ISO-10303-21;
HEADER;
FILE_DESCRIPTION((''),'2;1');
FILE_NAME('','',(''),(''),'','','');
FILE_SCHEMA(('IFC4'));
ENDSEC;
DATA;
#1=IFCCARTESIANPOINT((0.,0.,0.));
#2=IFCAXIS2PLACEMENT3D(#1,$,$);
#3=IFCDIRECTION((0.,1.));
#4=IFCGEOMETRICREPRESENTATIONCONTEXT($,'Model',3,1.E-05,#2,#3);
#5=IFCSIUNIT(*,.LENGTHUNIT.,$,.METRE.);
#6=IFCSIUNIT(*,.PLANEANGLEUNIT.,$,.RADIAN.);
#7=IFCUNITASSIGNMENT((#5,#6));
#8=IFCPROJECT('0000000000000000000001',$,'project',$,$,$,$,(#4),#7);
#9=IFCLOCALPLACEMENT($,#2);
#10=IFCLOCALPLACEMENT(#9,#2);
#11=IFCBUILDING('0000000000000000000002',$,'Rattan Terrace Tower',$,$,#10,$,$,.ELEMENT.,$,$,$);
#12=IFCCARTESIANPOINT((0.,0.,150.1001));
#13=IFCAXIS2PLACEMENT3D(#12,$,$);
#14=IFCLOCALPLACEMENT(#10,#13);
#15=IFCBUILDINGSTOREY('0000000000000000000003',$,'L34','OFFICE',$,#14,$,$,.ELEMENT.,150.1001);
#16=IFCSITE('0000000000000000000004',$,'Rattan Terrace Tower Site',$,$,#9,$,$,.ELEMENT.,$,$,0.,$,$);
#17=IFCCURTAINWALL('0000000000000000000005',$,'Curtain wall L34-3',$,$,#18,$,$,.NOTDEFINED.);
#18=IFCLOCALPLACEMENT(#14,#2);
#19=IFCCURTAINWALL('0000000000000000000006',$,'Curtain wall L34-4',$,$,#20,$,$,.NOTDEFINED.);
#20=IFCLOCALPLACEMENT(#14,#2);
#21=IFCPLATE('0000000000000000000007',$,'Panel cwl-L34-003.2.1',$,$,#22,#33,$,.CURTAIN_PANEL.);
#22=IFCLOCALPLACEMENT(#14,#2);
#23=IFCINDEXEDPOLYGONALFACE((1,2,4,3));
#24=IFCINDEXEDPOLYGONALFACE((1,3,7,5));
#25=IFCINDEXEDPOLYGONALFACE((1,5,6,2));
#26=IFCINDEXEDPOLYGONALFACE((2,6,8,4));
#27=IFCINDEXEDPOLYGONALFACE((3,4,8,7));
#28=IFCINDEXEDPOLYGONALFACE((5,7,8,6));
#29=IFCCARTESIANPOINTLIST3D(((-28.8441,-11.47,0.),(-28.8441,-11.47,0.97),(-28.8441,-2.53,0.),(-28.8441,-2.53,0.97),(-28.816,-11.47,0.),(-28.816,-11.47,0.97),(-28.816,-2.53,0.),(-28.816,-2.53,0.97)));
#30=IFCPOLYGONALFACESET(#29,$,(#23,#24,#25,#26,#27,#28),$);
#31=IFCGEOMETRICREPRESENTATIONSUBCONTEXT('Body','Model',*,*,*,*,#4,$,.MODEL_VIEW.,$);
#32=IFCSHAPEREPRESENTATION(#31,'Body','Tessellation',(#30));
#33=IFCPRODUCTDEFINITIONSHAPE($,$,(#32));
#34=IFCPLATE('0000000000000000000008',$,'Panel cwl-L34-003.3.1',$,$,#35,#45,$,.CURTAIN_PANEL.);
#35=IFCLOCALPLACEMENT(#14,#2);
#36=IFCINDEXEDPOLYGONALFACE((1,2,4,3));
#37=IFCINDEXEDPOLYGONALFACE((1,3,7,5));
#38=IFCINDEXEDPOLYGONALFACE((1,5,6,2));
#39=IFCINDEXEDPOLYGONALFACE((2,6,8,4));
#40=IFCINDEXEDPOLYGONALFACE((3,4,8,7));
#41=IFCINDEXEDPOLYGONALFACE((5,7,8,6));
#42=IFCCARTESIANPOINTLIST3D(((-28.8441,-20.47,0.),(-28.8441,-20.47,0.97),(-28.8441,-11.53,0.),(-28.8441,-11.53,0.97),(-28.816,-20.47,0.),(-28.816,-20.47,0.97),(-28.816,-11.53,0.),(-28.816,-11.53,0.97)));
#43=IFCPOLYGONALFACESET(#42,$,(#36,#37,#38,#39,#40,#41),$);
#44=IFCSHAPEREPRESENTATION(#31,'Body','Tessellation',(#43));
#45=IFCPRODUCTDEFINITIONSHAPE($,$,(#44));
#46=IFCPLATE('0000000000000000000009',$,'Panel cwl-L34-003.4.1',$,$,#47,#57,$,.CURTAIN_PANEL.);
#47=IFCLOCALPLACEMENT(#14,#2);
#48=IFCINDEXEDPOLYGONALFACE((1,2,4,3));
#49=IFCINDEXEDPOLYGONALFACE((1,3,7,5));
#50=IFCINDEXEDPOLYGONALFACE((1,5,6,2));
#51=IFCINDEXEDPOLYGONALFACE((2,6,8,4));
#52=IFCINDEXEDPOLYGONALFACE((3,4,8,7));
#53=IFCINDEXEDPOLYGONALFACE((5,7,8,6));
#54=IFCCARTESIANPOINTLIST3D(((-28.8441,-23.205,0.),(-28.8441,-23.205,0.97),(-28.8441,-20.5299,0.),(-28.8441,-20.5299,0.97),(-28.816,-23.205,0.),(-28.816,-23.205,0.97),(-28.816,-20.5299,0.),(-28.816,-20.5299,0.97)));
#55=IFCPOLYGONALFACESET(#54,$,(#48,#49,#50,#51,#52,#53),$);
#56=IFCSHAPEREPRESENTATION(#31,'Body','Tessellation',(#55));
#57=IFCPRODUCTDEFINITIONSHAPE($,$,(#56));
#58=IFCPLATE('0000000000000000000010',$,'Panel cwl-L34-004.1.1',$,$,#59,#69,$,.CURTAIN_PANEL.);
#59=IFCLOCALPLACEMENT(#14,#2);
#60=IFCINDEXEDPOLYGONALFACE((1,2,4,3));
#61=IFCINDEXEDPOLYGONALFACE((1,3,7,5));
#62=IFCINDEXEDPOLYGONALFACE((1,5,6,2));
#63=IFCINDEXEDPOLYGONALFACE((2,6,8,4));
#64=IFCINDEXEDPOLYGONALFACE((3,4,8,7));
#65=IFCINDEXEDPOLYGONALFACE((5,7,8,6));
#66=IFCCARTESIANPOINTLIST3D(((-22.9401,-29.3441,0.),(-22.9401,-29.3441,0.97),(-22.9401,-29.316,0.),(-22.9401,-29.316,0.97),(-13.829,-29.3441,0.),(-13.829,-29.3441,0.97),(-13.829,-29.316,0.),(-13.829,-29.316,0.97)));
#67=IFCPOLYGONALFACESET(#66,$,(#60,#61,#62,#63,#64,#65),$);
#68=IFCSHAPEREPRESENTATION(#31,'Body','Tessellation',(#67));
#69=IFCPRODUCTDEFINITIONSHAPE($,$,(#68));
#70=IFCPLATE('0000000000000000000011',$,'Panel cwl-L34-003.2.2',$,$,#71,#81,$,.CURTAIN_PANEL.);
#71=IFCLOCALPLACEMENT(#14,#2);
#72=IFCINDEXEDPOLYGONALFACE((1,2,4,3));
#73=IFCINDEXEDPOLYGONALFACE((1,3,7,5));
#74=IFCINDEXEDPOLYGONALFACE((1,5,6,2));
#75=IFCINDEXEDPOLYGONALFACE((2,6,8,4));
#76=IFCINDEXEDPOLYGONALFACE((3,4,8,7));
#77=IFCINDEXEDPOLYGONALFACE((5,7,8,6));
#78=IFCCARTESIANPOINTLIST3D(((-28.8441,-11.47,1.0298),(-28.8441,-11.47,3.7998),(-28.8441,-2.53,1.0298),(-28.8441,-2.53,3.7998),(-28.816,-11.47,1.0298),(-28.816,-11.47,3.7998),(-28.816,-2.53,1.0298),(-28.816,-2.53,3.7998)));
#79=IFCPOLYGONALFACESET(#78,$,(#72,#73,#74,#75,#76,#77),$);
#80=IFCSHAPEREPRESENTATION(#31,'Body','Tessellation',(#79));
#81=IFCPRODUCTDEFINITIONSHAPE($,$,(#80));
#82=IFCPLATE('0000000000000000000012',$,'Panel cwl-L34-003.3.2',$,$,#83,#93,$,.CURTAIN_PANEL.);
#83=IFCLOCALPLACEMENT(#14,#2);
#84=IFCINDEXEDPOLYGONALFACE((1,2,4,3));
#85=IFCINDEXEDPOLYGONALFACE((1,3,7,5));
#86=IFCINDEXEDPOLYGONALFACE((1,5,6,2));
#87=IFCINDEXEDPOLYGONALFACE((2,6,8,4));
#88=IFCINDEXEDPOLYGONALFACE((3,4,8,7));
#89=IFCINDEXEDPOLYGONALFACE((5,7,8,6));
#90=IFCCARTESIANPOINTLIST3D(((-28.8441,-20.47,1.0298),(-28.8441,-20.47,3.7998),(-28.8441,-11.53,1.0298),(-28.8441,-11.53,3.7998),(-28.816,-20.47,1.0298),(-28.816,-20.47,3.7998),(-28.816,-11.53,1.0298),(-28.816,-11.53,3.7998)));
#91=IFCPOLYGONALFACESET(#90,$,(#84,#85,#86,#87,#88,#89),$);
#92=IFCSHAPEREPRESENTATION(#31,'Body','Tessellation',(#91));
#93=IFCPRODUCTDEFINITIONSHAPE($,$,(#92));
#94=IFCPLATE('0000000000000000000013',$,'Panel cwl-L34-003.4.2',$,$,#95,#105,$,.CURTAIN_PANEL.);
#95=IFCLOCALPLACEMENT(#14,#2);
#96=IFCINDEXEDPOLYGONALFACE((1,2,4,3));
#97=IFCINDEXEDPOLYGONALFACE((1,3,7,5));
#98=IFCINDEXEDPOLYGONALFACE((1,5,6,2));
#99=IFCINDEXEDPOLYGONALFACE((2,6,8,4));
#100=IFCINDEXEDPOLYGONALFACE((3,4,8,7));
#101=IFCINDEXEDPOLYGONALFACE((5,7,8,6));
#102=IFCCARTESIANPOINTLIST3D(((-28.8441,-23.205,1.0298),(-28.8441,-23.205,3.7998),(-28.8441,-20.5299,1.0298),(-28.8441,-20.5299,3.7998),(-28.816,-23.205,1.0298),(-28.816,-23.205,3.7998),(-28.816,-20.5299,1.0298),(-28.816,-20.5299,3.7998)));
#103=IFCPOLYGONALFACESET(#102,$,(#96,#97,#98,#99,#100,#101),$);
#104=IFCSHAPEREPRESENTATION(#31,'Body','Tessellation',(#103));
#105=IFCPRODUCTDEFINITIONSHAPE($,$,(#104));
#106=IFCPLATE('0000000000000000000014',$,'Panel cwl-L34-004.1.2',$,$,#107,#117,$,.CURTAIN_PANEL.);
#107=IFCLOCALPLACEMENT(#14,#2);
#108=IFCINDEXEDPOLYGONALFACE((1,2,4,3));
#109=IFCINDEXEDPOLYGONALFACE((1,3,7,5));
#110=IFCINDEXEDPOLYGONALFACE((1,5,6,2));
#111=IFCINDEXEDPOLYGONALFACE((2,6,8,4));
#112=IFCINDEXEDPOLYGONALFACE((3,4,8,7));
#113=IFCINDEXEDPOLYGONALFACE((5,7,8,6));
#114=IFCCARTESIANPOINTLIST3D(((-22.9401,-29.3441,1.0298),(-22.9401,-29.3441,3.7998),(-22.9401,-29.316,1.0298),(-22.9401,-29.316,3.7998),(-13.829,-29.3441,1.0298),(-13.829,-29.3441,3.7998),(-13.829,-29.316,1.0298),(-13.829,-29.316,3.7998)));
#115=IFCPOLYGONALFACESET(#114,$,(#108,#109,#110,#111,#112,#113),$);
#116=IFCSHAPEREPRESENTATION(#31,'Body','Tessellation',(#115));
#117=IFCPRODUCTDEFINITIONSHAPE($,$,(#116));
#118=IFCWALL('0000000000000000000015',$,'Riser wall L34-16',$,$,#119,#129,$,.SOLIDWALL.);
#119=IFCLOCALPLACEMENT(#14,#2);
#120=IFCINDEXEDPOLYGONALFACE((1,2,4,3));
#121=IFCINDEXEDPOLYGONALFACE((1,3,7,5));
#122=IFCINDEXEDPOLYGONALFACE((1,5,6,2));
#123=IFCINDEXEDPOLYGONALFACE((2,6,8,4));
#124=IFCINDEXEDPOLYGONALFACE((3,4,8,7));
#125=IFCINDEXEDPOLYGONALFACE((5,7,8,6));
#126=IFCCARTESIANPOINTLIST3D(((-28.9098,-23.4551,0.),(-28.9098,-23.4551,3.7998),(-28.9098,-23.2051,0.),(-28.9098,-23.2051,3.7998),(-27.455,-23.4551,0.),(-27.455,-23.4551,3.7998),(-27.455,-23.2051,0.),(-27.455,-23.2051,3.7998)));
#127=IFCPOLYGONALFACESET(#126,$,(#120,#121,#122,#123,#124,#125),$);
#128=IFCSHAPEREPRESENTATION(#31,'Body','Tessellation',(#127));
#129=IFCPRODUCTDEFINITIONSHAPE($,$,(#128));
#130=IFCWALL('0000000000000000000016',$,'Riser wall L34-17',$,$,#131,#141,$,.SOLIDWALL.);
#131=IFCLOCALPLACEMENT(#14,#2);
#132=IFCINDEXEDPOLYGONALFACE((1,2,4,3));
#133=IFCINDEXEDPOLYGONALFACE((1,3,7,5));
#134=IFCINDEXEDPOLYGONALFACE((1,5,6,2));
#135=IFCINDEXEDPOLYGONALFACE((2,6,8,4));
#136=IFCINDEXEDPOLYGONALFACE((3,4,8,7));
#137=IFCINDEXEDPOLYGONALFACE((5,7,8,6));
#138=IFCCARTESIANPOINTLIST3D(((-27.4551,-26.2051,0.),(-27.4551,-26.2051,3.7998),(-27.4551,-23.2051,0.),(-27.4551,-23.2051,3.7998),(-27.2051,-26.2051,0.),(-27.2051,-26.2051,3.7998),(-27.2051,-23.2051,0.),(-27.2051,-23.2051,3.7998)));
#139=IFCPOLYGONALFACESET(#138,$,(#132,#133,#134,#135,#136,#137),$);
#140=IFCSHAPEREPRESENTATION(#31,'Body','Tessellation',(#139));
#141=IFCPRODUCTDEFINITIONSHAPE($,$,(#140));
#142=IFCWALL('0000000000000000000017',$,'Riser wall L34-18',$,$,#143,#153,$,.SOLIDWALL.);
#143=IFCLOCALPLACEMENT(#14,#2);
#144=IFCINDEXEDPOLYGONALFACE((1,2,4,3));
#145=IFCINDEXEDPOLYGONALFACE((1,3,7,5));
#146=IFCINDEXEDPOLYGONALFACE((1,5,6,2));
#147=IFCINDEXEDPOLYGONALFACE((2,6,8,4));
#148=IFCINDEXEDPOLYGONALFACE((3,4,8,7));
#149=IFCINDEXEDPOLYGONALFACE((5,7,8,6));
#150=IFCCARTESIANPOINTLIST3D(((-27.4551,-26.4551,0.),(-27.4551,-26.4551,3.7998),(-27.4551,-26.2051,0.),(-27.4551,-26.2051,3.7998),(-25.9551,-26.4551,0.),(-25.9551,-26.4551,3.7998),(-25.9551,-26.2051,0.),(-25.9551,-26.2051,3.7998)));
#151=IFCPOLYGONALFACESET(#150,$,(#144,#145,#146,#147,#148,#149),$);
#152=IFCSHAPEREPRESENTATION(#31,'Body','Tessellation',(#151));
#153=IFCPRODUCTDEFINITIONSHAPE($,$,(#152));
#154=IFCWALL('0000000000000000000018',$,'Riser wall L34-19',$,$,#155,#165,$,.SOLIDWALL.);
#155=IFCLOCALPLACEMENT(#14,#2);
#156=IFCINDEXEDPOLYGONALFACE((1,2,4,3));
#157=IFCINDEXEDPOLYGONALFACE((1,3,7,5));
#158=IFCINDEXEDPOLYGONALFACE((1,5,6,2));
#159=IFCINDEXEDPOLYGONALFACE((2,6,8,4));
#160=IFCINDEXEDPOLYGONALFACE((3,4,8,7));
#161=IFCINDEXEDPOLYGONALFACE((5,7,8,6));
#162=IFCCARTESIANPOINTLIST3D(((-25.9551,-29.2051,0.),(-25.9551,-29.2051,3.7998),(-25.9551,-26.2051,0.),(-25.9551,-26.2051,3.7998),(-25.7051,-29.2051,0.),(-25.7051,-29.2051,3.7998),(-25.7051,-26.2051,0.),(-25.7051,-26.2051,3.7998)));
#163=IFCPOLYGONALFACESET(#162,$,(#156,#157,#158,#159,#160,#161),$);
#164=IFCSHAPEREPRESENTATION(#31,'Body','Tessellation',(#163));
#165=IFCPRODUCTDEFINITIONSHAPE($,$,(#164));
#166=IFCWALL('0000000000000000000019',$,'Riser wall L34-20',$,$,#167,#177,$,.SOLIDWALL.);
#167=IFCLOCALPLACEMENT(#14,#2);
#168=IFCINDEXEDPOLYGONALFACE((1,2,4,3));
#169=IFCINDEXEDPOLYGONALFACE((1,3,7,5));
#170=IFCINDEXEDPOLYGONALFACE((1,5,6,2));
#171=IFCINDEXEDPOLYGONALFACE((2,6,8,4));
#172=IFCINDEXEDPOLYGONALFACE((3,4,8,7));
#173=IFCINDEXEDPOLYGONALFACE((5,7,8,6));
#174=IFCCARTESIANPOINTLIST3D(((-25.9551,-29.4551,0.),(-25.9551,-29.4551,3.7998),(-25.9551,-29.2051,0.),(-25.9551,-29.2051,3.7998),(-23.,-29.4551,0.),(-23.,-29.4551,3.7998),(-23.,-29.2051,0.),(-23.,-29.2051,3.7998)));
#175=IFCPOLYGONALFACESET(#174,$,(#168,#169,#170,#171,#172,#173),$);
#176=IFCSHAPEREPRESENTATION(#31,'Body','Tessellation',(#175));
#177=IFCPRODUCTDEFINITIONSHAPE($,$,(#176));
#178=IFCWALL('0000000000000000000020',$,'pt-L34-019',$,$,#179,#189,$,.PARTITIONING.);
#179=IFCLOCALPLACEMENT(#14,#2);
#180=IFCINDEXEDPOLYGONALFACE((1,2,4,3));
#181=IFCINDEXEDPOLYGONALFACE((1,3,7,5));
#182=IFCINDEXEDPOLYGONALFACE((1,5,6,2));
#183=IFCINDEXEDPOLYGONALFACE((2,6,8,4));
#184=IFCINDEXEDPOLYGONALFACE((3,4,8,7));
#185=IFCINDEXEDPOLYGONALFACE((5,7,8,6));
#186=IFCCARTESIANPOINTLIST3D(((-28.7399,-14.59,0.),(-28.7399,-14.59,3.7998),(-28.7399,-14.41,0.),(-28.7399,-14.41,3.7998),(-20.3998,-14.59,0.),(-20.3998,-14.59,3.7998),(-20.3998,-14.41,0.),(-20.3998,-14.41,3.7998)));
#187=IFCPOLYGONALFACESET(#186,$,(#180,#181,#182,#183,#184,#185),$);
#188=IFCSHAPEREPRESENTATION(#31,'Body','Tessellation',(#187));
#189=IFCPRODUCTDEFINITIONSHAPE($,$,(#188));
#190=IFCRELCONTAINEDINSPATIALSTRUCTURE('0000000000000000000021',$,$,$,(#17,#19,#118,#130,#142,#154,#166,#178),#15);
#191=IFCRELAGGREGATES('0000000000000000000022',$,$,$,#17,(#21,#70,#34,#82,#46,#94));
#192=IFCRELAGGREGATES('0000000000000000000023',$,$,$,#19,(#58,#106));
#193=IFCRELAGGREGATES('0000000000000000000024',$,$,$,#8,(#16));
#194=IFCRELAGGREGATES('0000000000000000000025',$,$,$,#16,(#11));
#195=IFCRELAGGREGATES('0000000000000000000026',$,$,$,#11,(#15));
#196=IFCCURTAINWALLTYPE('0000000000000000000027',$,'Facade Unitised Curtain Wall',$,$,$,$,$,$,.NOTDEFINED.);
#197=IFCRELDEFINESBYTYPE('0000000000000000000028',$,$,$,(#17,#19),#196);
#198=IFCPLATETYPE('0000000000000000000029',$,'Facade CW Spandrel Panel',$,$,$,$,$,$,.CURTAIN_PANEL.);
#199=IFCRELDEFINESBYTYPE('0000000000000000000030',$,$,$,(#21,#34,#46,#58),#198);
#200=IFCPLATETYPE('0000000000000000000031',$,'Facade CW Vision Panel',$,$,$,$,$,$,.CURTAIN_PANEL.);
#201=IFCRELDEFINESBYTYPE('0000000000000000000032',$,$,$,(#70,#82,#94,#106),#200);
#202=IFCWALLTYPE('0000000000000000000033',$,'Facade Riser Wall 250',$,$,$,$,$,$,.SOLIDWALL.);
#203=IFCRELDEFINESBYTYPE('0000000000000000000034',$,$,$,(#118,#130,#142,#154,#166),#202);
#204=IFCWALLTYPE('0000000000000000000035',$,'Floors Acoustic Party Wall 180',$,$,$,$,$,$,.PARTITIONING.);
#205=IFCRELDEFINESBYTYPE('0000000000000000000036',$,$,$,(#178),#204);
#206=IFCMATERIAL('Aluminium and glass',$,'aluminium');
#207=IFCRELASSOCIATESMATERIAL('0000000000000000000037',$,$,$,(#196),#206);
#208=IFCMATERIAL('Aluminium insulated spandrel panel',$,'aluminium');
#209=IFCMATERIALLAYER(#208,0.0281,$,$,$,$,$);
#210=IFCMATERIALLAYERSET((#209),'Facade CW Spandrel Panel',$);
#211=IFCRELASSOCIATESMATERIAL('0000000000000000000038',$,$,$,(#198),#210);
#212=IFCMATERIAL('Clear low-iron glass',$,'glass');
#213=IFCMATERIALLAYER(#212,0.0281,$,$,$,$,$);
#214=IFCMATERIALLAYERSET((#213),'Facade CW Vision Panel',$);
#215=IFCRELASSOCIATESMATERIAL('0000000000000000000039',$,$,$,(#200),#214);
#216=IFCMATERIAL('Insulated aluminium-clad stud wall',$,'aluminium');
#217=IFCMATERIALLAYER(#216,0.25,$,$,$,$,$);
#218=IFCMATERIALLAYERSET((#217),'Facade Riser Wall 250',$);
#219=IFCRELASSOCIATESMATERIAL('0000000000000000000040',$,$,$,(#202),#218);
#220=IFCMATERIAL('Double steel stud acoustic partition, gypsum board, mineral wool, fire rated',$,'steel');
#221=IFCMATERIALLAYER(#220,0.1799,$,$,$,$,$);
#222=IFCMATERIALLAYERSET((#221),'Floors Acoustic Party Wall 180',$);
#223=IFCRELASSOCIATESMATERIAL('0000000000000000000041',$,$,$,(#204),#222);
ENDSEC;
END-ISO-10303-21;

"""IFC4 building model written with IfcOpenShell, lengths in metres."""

from ifc_helpers import new_model, si_unit, direction, frame, frame_2d, origin, origin_2d, place, context, subcontext, project, spatial, rectangle, extrude, material, layer, layer_set, type_object, element, aggregate, save


model = new_model("IFC4")

# Units and contexts
model_context = context("Model", 3, precision=1e-05, world=origin(), true_north=direction((0.0, 1.0)))
body_context = subcontext(model_context, "Body", "Model", "MODEL_VIEW")
ifc_project = project(units=[si_unit("LENGTHUNIT", "METRE"), si_unit("PLANEANGLEUNIT", "RADIAN")], contexts=[model_context])

# Site, building, storey
site_placement = place(None, origin())
site = spatial("IfcSite", under=ifc_project, at=site_placement, Name="Rattan Terrace Tower Site", CompositionType="ELEMENT", RefElevation=0.0)
building_placement = place(site_placement, origin())
building = spatial("IfcBuilding", under=site, at=building_placement, Name="Rattan Terrace Tower", CompositionType="ELEMENT")
storey_placement = place(building_placement, frame((0.0, 0.0, 150.1001)))
storey = spatial("IfcBuildingStorey", under=building, at=storey_placement, Name="L34", Description="OFFICE", CompositionType="ELEMENT", Elevation=150.1001)

# Curtain wall
ifc_material_1 = material(Name="Aluminium and glass", Category="aluminium")
curtain_wall_type = type_object("IfcCurtainWallType", Name="Facade Unitised Curtain Wall", PredefinedType="NOTDEFINED", material=ifc_material_1)
curtain_wall_1_placement = place(storey_placement, origin())
curtain_wall_1 = element("IfcCurtainWall", 1, at=curtain_wall_1_placement, inside=storey, type_object=curtain_wall_type, Name="Curtain wall L34-3", PredefinedType="NOTDEFINED")

# Curtain wall
curtain_wall_2_placement = place(storey_placement, origin())
curtain_wall_2 = element("IfcCurtainWall", 2, at=curtain_wall_2_placement, inside=storey, type_object=curtain_wall_type, Name="Curtain wall L34-4", PredefinedType="NOTDEFINED")

# Plates
ifc_material_2 = material(Name="Aluminium insulated spandrel panel", Category="aluminium")
ifc_layer_1 = layer(ifc_material_2, 0.0281)
ifc_layer_set_1 = layer_set([ifc_layer_1], Name="Facade CW Spandrel Panel")
plate_type_1 = type_object("IfcPlateType", Name="Facade CW Spandrel Panel", PredefinedType="CURTAIN_PANEL", material=ifc_layer_set_1)
plate_1_placement = place(storey_placement, frame((-28.8301, -7.0, 0.0), z_axis=(0.0, 0.0, 1.0), x_axis=(0.0, -1.0, 0.0)))
plate_1 = element("IfcPlate", 3, at=plate_1_placement, type_object=plate_type_1, Name="Panel cwl-L34-003.2.1", PredefinedType="CURTAIN_PANEL", context=body_context, shape_type="SweptSolid", body=[
    extrude(rectangle(XDim=8.9399, YDim=0.0281, at=origin_2d()), origin(), (0.0, 0.0, 1.0), 0.97),
])
plate_2_placement = place(storey_placement, frame((-28.8301, -16.0, 0.0), z_axis=(0.0, 0.0, 1.0), x_axis=(0.0, -1.0, 0.0)))
plate_2 = element("IfcPlate", 4, at=plate_2_placement, type_object=plate_type_1, Name="Panel cwl-L34-003.3.1", PredefinedType="CURTAIN_PANEL", context=body_context, shape_type="SweptSolid", body=[
    extrude(rectangle(XDim=8.9399, YDim=0.0281, at=origin_2d()), origin(), (0.0, 0.0, 1.0), 0.97),
])
plate_3_placement = place(storey_placement, frame((-28.8301, -21.8674, 0.0), z_axis=(0.0, 0.0, 1.0), x_axis=(0.0, -1.0, 0.0)))
plate_3 = element("IfcPlate", 5, at=plate_3_placement, type_object=plate_type_1, Name="Panel cwl-L34-003.4.1", PredefinedType="CURTAIN_PANEL", context=body_context, shape_type="SweptSolid", body=[
    extrude(rectangle(XDim=2.675, YDim=0.0281, at=origin_2d()), origin(), (0.0, 0.0, 1.0), 0.97),
])
plate_4_placement = place(storey_placement, frame((-18.3845, -29.3301, 0.0), z_axis=(0.0, 0.0, 1.0), x_axis=(1.0, 0.0, 0.0)))
plate_4 = element("IfcPlate", 6, at=plate_4_placement, type_object=plate_type_1, Name="Panel cwl-L34-004.1.1", PredefinedType="CURTAIN_PANEL", context=body_context, shape_type="SweptSolid", body=[
    extrude(rectangle(XDim=9.1111, YDim=0.0281, at=origin_2d()), origin(), (0.0, 0.0, 1.0), 0.97),
])
ifc_material_3 = material(Name="Clear low-iron glass", Category="glass")
ifc_layer_2 = layer(ifc_material_3, 0.0281)
ifc_layer_set_2 = layer_set([ifc_layer_2], Name="Facade CW Vision Panel")
plate_type_2 = type_object("IfcPlateType", Name="Facade CW Vision Panel", PredefinedType="CURTAIN_PANEL", material=ifc_layer_set_2)
plate_5_placement = place(storey_placement, frame((-28.8301, -7.0, 1.0298), z_axis=(0.0, 0.0, 1.0), x_axis=(0.0, -1.0, 0.0)))
plate_5 = element("IfcPlate", 7, at=plate_5_placement, type_object=plate_type_2, Name="Panel cwl-L34-003.2.2", PredefinedType="CURTAIN_PANEL", context=body_context, shape_type="SweptSolid", body=[
    extrude(rectangle(XDim=8.9399, YDim=0.0281, at=origin_2d()), origin(), (0.0, 0.0, 1.0), 2.77),
])
plate_6_placement = place(storey_placement, frame((-28.8301, -16.0, 1.0298), z_axis=(0.0, 0.0, 1.0), x_axis=(0.0, -1.0, 0.0)))
plate_6 = element("IfcPlate", 8, at=plate_6_placement, type_object=plate_type_2, Name="Panel cwl-L34-003.3.2", PredefinedType="CURTAIN_PANEL", context=body_context, shape_type="SweptSolid", body=[
    extrude(rectangle(XDim=8.9399, YDim=0.0281, at=origin_2d()), origin(), (0.0, 0.0, 1.0), 2.77),
])
plate_7_placement = place(storey_placement, frame((-28.8301, -21.8674, 1.0298), z_axis=(0.0, 0.0, 1.0), x_axis=(0.0, -1.0, 0.0)))
plate_7 = element("IfcPlate", 9, at=plate_7_placement, type_object=plate_type_2, Name="Panel cwl-L34-003.4.2", PredefinedType="CURTAIN_PANEL", context=body_context, shape_type="SweptSolid", body=[
    extrude(rectangle(XDim=2.675, YDim=0.0281, at=origin_2d()), origin(), (0.0, 0.0, 1.0), 2.77),
])
aggregate(curtain_wall_1, [plate_1, plate_5, plate_2, plate_6, plate_3, plate_7])
plate_8_placement = place(storey_placement, frame((-18.3845, -29.3301, 1.0298), z_axis=(0.0, 0.0, 1.0), x_axis=(1.0, 0.0, 0.0)))
plate_8 = element("IfcPlate", 10, at=plate_8_placement, type_object=plate_type_2, Name="Panel cwl-L34-004.1.2", PredefinedType="CURTAIN_PANEL", context=body_context, shape_type="SweptSolid", body=[
    extrude(rectangle(XDim=9.1111, YDim=0.0281, at=origin_2d()), origin(), (0.0, 0.0, 1.0), 2.77),
])
aggregate(curtain_wall_2, [plate_4, plate_8])

# Walls
ifc_material_4 = material(Name="Insulated aluminium-clad stud wall", Category="aluminium")
ifc_layer_3 = layer(ifc_material_4, 0.25)
ifc_layer_set_3 = layer_set([ifc_layer_3], Name="Facade Riser Wall 250")
wall_type_1 = type_object("IfcWallType", Name="Facade Riser Wall 250", PredefinedType="SOLIDWALL", material=ifc_layer_set_3)
wall_1_placement = place(storey_placement, frame((-28.9099, -23.3301, 0.0), z_axis=(0.0, 0.0, 1.0), x_axis=(1.0, 0.0, 0.0)))
element("IfcWall", 11, at=wall_1_placement, inside=storey, type_object=wall_type_1, Name="Riser wall L34-16", PredefinedType="SOLIDWALL", context=body_context, shape_type="SweptSolid", body=[
    extrude(rectangle(XDim=1.4548, YDim=0.25, at=frame_2d((0.7275, 0.0))), origin(), (0.0, 0.0, 1.0), 3.7998),
])
wall_2_placement = place(storey_placement, frame((-27.3301, -23.2051, 0.0), z_axis=(0.0, 0.0, 1.0), x_axis=(0.0, -1.0, 0.0)))
element("IfcWall", 12, at=wall_2_placement, inside=storey, type_object=wall_type_1, Name="Riser wall L34-17", PredefinedType="SOLIDWALL", context=body_context, shape_type="SweptSolid", body=[
    extrude(rectangle(XDim=3.0, YDim=0.25, at=frame_2d((1.5, 0.0))), origin(), (0.0, 0.0, 1.0), 3.7998),
])
wall_3_placement = place(storey_placement, frame((-27.4551, -26.3301, 0.0), z_axis=(0.0, 0.0, 1.0), x_axis=(1.0, 0.0, 0.0)))
element("IfcWall", 13, at=wall_3_placement, inside=storey, type_object=wall_type_1, Name="Riser wall L34-18", PredefinedType="SOLIDWALL", context=body_context, shape_type="SweptSolid", body=[
    extrude(rectangle(XDim=1.5, YDim=0.25, at=frame_2d((0.75, 0.0))), origin(), (0.0, 0.0, 1.0), 3.7998),
])
wall_4_placement = place(storey_placement, frame((-25.8301, -26.2051, 0.0), z_axis=(0.0, 0.0, 1.0), x_axis=(0.0, -1.0, 0.0)))
element("IfcWall", 14, at=wall_4_placement, inside=storey, type_object=wall_type_1, Name="Riser wall L34-19", PredefinedType="SOLIDWALL", context=body_context, shape_type="SweptSolid", body=[
    extrude(rectangle(XDim=3.0, YDim=0.25, at=frame_2d((1.5, 0.0))), origin(), (0.0, 0.0, 1.0), 3.7998),
])
wall_5_placement = place(storey_placement, frame((-25.9551, -29.3301, 0.0), z_axis=(0.0, 0.0, 1.0), x_axis=(1.0, 0.0, 0.0)))
element("IfcWall", 15, at=wall_5_placement, inside=storey, type_object=wall_type_1, Name="Riser wall L34-20", PredefinedType="SOLIDWALL", context=body_context, shape_type="SweptSolid", body=[
    extrude(rectangle(XDim=2.9551, YDim=0.25, at=frame_2d((1.4775, 0.0))), origin(), (0.0, 0.0, 1.0), 3.7998),
])
ifc_material_5 = material(Name="Double steel stud acoustic partition, gypsum board, mineral wool, fire rated", Category="steel")
ifc_layer_4 = layer(ifc_material_5, 0.1799)
ifc_layer_set_4 = layer_set([ifc_layer_4], Name="Floors Acoustic Party Wall 180")
wall_type_2 = type_object("IfcWallType", Name="Floors Acoustic Party Wall 180", PredefinedType="PARTITIONING", material=ifc_layer_set_4)
wall_6_placement = place(storey_placement, frame((-20.3999, -14.5, 0.0), z_axis=(0.0, 0.0, 1.0), x_axis=(-1.0, 0.0, 0.0)))
element("IfcWall", 16, at=wall_6_placement, inside=storey, type_object=wall_type_2, Name="pt-L34-019", PredefinedType="PARTITIONING", context=body_context, shape_type="SweptSolid", body=[
    extrude(rectangle(XDim=8.3401, YDim=0.1799, at=frame_2d((4.1699, 0.0))), origin(), (0.0, 0.0, 1.0), 3.7998),
])

save(model, "model.ifc")
